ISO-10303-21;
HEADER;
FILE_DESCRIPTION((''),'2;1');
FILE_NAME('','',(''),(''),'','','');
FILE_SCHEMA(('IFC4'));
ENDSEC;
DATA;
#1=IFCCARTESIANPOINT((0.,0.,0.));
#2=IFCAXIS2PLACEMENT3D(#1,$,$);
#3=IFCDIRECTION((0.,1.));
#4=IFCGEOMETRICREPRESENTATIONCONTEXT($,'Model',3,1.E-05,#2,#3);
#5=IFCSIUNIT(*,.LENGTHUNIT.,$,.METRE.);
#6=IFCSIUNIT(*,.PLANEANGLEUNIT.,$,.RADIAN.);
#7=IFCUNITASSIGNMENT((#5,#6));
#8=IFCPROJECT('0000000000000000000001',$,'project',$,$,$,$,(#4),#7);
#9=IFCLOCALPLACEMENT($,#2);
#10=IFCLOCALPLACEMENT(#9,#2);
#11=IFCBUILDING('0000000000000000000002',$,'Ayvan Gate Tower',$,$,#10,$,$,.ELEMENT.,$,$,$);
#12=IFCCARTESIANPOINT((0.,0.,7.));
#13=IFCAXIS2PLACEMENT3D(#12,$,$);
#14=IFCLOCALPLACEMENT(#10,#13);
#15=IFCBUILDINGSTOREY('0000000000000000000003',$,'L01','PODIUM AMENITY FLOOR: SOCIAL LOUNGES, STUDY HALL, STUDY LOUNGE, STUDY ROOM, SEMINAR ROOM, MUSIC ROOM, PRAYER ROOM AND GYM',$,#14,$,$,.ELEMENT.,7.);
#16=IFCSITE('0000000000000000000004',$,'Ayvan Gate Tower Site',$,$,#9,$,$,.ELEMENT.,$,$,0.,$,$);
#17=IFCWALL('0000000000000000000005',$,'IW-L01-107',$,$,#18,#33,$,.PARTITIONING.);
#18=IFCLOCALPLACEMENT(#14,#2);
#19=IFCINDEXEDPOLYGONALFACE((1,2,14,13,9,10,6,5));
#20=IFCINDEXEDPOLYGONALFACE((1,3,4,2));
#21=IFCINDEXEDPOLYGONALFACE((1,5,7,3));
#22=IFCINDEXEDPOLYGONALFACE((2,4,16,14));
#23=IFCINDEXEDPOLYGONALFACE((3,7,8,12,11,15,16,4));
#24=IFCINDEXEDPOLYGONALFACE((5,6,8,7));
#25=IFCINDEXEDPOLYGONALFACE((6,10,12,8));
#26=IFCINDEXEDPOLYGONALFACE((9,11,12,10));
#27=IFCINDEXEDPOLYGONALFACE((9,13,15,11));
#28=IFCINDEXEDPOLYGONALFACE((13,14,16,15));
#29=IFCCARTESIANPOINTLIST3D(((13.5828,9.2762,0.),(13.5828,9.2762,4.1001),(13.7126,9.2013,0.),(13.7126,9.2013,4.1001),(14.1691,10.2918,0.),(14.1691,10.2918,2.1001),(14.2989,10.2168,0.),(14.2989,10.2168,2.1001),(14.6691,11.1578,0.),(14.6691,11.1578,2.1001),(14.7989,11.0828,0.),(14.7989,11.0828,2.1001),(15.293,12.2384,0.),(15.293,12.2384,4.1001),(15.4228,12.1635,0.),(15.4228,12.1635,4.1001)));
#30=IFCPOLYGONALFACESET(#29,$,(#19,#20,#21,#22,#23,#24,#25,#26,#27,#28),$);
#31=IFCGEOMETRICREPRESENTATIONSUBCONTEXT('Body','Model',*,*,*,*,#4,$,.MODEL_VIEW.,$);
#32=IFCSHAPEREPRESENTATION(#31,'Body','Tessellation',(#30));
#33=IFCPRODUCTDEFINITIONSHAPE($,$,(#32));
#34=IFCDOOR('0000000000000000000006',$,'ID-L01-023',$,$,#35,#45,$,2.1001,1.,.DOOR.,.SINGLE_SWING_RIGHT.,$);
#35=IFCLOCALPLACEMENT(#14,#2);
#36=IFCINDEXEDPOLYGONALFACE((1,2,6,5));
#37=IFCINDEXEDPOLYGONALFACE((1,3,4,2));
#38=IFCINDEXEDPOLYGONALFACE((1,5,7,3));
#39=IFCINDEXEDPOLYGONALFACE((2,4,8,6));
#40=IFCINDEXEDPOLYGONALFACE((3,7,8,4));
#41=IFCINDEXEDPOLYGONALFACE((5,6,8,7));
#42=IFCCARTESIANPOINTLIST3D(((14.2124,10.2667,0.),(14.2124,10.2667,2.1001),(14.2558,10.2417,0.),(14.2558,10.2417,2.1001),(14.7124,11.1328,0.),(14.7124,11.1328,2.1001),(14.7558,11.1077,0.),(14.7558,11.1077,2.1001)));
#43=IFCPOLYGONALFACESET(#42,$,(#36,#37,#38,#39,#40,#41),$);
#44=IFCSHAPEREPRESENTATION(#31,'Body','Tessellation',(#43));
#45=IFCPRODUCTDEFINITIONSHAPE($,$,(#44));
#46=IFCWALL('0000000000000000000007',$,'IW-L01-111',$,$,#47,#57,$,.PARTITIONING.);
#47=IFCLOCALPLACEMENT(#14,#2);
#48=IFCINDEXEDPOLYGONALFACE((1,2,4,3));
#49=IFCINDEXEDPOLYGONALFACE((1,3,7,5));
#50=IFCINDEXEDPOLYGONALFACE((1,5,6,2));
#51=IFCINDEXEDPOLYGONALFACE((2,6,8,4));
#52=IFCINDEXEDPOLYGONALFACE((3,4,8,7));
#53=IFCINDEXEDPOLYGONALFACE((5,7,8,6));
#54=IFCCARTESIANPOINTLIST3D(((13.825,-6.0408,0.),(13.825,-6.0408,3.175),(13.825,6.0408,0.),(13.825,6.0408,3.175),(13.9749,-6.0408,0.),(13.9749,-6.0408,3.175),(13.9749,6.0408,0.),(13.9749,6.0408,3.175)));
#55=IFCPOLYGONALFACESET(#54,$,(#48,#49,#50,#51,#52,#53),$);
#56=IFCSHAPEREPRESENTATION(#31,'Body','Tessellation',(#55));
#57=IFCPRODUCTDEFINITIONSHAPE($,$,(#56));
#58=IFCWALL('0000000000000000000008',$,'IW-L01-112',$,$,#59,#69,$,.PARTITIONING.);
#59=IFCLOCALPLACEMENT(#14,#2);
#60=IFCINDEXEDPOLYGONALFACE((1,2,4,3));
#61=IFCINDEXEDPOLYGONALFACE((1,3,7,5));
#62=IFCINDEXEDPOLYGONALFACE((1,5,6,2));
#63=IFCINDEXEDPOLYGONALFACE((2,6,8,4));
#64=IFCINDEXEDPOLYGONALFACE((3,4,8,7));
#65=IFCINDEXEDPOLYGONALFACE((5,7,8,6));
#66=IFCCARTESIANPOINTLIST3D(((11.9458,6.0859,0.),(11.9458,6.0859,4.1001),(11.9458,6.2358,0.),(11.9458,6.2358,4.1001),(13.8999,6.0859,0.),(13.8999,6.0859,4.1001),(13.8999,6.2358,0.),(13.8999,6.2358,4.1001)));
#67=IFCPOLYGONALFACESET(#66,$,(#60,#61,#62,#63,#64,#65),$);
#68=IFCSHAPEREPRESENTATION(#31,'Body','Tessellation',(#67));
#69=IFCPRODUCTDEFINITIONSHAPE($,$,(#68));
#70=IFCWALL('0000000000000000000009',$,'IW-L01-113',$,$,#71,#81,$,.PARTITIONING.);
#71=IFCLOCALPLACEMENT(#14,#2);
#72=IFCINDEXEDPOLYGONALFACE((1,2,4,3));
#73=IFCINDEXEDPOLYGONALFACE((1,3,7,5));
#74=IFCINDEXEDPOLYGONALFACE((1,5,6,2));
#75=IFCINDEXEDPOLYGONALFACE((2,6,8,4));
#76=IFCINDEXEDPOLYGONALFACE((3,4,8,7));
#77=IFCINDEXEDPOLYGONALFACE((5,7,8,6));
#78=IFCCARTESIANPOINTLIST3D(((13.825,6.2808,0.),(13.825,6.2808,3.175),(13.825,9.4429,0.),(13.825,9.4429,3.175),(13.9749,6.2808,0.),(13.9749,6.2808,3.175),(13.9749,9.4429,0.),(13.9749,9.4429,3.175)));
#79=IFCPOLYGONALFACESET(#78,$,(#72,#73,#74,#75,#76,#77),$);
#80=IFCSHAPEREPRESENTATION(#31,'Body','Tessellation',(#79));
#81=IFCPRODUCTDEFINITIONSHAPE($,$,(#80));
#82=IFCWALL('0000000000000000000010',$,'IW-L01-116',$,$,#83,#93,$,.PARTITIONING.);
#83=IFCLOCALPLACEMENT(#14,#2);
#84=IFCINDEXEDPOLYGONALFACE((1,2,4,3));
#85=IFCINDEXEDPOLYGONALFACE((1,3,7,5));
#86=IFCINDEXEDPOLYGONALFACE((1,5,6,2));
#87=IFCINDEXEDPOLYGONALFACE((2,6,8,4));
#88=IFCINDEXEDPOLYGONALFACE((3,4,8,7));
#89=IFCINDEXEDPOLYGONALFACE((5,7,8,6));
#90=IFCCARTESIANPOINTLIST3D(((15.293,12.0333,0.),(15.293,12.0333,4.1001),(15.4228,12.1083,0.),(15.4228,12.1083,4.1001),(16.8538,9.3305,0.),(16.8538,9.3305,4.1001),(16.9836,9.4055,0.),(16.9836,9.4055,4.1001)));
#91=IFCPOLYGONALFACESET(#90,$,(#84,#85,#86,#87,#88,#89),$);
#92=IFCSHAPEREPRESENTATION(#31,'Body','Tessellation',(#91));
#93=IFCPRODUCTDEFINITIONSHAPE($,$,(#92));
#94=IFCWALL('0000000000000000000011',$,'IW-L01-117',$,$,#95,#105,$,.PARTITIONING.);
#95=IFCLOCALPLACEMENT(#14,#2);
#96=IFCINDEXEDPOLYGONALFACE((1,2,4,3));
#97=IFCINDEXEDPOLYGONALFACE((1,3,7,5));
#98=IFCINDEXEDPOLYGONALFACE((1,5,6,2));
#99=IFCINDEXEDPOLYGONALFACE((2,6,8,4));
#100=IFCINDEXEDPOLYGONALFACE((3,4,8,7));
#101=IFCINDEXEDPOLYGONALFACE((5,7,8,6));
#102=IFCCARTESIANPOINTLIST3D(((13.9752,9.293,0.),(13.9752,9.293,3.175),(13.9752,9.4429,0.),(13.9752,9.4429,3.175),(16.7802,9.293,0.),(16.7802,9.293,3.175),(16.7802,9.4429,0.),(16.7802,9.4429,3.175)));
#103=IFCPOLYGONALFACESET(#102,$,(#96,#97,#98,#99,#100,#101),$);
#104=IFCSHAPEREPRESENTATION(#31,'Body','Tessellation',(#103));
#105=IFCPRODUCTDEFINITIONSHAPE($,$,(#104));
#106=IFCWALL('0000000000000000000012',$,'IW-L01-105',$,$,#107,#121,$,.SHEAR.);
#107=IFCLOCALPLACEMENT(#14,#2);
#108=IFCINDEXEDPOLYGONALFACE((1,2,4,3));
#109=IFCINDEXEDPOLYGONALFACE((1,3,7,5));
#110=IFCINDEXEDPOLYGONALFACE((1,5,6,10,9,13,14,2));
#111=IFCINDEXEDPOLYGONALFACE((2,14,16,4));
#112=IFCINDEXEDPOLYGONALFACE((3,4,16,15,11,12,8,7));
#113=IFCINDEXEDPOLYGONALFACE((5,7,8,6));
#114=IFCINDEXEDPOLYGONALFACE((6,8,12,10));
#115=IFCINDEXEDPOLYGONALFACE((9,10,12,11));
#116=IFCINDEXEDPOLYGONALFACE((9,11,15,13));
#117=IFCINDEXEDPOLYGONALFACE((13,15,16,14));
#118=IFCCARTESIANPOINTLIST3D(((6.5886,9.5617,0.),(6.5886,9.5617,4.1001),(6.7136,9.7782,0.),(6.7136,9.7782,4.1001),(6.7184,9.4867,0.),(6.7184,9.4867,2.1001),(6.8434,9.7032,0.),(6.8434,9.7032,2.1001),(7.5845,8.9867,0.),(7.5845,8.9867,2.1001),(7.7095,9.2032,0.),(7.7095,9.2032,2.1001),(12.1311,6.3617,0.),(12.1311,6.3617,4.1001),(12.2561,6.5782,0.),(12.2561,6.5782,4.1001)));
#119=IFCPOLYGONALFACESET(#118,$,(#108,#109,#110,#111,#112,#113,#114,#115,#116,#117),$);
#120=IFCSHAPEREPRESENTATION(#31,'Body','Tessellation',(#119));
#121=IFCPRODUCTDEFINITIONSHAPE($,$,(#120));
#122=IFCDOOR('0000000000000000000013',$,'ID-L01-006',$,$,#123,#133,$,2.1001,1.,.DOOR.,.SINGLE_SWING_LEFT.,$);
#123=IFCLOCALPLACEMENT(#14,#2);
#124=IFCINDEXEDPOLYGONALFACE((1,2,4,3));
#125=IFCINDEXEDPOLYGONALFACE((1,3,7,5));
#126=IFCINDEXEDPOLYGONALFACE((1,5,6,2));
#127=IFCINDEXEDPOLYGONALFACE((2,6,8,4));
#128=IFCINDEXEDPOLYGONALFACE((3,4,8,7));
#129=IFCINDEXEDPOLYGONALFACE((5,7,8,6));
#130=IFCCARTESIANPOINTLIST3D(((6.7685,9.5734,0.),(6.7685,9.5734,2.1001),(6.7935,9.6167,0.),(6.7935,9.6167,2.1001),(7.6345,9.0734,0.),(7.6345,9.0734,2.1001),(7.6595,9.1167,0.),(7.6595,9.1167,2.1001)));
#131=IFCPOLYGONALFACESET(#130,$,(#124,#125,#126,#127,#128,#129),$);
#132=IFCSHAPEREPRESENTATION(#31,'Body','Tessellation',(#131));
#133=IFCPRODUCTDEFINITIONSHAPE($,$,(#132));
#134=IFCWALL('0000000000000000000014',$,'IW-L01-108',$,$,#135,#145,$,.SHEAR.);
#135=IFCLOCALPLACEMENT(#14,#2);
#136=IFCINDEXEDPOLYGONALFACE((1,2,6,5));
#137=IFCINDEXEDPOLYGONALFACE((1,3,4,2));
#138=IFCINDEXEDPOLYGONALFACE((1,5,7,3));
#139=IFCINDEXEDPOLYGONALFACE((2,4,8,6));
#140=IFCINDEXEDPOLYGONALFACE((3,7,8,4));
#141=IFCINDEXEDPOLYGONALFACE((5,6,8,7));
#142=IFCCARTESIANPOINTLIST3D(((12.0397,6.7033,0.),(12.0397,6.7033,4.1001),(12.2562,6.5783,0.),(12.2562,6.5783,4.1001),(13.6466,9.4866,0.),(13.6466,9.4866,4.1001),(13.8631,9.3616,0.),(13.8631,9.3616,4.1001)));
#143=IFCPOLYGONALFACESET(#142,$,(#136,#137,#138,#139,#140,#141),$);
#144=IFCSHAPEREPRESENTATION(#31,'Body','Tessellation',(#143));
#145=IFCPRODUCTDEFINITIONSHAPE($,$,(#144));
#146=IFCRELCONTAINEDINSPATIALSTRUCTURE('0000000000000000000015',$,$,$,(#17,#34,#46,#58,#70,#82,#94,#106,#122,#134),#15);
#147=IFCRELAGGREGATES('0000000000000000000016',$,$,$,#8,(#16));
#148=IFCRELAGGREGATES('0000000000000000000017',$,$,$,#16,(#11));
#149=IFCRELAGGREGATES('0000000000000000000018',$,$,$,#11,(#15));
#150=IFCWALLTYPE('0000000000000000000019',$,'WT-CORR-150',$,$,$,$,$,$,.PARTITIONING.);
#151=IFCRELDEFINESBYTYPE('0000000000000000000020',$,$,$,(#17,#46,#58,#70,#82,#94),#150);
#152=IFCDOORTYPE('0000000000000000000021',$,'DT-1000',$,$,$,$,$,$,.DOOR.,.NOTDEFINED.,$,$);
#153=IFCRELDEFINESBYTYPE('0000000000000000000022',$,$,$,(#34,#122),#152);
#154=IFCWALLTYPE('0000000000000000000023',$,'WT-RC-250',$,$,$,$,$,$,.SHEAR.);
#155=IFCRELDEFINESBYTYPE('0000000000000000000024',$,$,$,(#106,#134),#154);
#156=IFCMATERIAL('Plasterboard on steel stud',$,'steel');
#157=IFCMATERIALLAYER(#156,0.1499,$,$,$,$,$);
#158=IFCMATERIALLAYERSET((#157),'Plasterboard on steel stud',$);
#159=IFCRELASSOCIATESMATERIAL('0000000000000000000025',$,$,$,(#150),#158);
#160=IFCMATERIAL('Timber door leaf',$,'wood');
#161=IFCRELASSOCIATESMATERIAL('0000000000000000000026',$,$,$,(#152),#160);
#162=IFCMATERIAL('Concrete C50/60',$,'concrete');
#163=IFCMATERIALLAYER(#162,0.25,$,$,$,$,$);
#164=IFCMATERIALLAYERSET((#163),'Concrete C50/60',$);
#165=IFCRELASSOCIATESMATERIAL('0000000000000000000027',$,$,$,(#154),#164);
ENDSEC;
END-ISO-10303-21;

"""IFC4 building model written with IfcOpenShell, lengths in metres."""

from ifc_helpers import new_model, si_unit, direction, frame, frame_2d, origin, place, context, subcontext, project, spatial, rectangle, extrude, material, layer, layer_set, type_object, element, fill, save


model = new_model("IFC4")

# Units and contexts
model_context = context("Model", 3, precision=1e-05, world=origin(), true_north=direction((0.0, 1.0)))
body_context = subcontext(model_context, "Body", "Model", "MODEL_VIEW")
ifc_project = project(units=[si_unit("LENGTHUNIT", "METRE"), si_unit("PLANEANGLEUNIT", "RADIAN")], contexts=[model_context])

# Site, building, storey
site_placement = place(None, origin())
site = spatial("IfcSite", under=ifc_project, at=site_placement, Name="Ayvan Gate Tower Site", CompositionType="ELEMENT", RefElevation=0.0)
building_placement = place(site_placement, origin())
building = spatial("IfcBuilding", under=site, at=building_placement, Name="Ayvan Gate Tower", CompositionType="ELEMENT")
storey_placement = place(building_placement, frame((0.0, 0.0, 7.0)))
storey = spatial("IfcBuildingStorey", under=building, at=storey_placement, Name="L01", Description="PODIUM AMENITY FLOOR: SOCIAL LOUNGES, STUDY HALL, STUDY LOUNGE, STUDY ROOM, SEMINAR ROOM, MUSIC ROOM, PRAYER ROOM AND GYM", CompositionType="ELEMENT", Elevation=7.0)

# Shared definitions
ifc_material_1 = material(Name="Plasterboard on steel stud", Category="steel")
ifc_layer_1 = layer(ifc_material_1, 0.1499)
ifc_layer_set_1 = layer_set([ifc_layer_1], Name="Plasterboard on steel stud")
wall_type_1 = type_object("IfcWallType", Name="WT-CORR-150", PredefinedType="PARTITIONING", material=ifc_layer_set_1)
ifc_material_2 = material(Name="Timber door leaf", Category="wood")
door_type = type_object("IfcDoorType", Name="DT-1000", OperationType="NOTDEFINED", PredefinedType="DOOR", material=ifc_material_2)

# Wall, opening, door
wall_1_placement = place(storey_placement, frame((13.6477, 9.2388, 0.0), z_axis=(0.0, 0.0, 1.0), x_axis=(0.5, 0.866025, 0.0)))
wall_1 = element("IfcWall", 1, at=wall_1_placement, inside=storey, type_object=wall_type_1, Name="IW-L01-107", PredefinedType="PARTITIONING", context=body_context, shape_type="SweptSolid", body=[
    extrude(rectangle(XDim=3.4204, YDim=0.1499, at=frame_2d((1.7102, 0.0))), origin(), (0.0, 0.0, 1.0), 4.1001),
])
opening_1_placement = place(wall_1_placement, frame((1.1726, 0.0, 0.0)))
opening_1 = element("IfcOpeningElement", 2, at=opening_1_placement, cuts=wall_1, PredefinedType="OPENING", context=body_context, shape_type="SweptSolid", body=[
    extrude(rectangle(XDim=1.0, YDim=2.1001, at=frame_2d((0.5, 1.05))), frame((0.0, 0.085, 0.0), z_axis=(0.0, -1.0, 0.0), x_axis=(1.0, 0.0, 0.0)), (0.0, 0.0, 1.0), 0.1699),
])
door_1_placement = place(opening_1_placement, origin())
door_1 = element("IfcDoor", 3, at=door_1_placement, inside=storey, type_object=door_type, Name="ID-L01-023", OperationType="SINGLE_SWING_RIGHT", OverallHeight=2.1001, OverallWidth=1.0, PredefinedType="DOOR", context=body_context, shape_type="SweptSolid", body=[
    extrude(rectangle(XDim=1.0, YDim=2.1001, at=frame_2d((0.5, 1.05))), frame((0.0, 0.0249, 0.0), z_axis=(0.0, -1.0, 0.0), x_axis=(1.0, 0.0, 0.0)), (0.0, 0.0, 1.0), 0.05),
])
fill(opening_1, door_1)

# Walls
wall_2_placement = place(storey_placement, frame((13.8999, 6.0408, 0.0), z_axis=(0.0, 0.0, 1.0), x_axis=(0.0, -1.0, 0.0)))
element("IfcWall", 4, at=wall_2_placement, inside=storey, type_object=wall_type_1, Name="IW-L01-111", PredefinedType="PARTITIONING", context=body_context, shape_type="SweptSolid", body=[
    extrude(rectangle(XDim=12.0815, YDim=0.1499, at=frame_2d((6.0408, 0.0))), origin(), (0.0, 0.0, 1.0), 3.175),
])
wall_3_placement = place(storey_placement, frame((13.8999, 6.1609, 0.0), z_axis=(0.0, 0.0, 1.0), x_axis=(-1.0, 0.0, 0.0)))
element("IfcWall", 5, at=wall_3_placement, inside=storey, type_object=wall_type_1, Name="IW-L01-112", PredefinedType="PARTITIONING", context=body_context, shape_type="SweptSolid", body=[
    extrude(rectangle(XDim=1.9541, YDim=0.1499, at=frame_2d((0.9771, 0.0))), origin(), (0.0, 0.0, 1.0), 4.1001),
])
wall_4_placement = place(storey_placement, frame((13.8999, 9.4429, 0.0), z_axis=(0.0, 0.0, 1.0), x_axis=(0.0, -1.0, 0.0)))
element("IfcWall", 6, at=wall_4_placement, inside=storey, type_object=wall_type_1, Name="IW-L01-113", PredefinedType="PARTITIONING", context=body_context, shape_type="SweptSolid", body=[
    extrude(rectangle(XDim=3.1621, YDim=0.1499, at=frame_2d((1.5811, 0.0))), origin(), (0.0, 0.0, 1.0), 3.175),
])
wall_5_placement = place(storey_placement, frame((15.3579, 12.0708, 0.0), z_axis=(0.0, 0.0, 1.0), x_axis=(0.500068, -0.865986, 0.0)))
element("IfcWall", 7, at=wall_5_placement, inside=storey, type_object=wall_type_1, Name="IW-L01-116", PredefinedType="PARTITIONING", context=body_context, shape_type="SweptSolid", body=[
    extrude(rectangle(XDim=3.1211, YDim=0.1499, at=frame_2d((1.5605, 0.0))), origin(), (0.0, 0.0, 1.0), 4.1001),
])
wall_6_placement = place(storey_placement, frame((16.78, 9.3679, 0.0), z_axis=(0.0, 0.0, 1.0), x_axis=(-1.0, 0.0, 0.0)))
element("IfcWall", 8, at=wall_6_placement, inside=storey, type_object=wall_type_1, Name="IW-L01-117", PredefinedType="PARTITIONING", context=body_context, shape_type="SweptSolid", body=[
    extrude(rectangle(XDim=2.8049, YDim=0.1499, at=frame_2d((1.4023, 0.0))), origin(), (0.0, 0.0, 1.0), 3.175),
])

# Wall, opening, door
ifc_material_3 = material(Name="Concrete C50/60", Category="concrete")
ifc_layer_2 = layer(ifc_material_3, 0.25)
ifc_layer_set_2 = layer_set([ifc_layer_2], Name="Concrete C50/60")
wall_type_2 = type_object("IfcWallType", Name="WT-RC-250", PredefinedType="SHEAR", material=ifc_layer_set_2)
wall_7_placement = place(storey_placement, frame((12.1936, 6.47, 0.0), z_axis=(0.0, 0.0, 1.0), x_axis=(-0.866025, 0.5, 0.0)))
wall_7 = element("IfcWall", 9, at=wall_7_placement, inside=storey, type_object=wall_type_2, Name="IW-L01-105", PredefinedType="SHEAR", context=body_context, shape_type="SweptSolid", body=[
    extrude(rectangle(XDim=6.3999, YDim=0.25, at=frame_2d((3.2, 0.0))), origin(), (0.0, 0.0, 1.0), 4.1001),
])
opening_2_placement = place(wall_7_placement, frame((5.25, 0.0, 0.0)))
opening_2 = element("IfcOpeningElement", 10, at=opening_2_placement, cuts=wall_7, PredefinedType="OPENING", context=body_context, shape_type="SweptSolid", body=[
    extrude(rectangle(XDim=1.0, YDim=2.1001, at=frame_2d((0.5, 1.05))), frame((0.0, 0.135, 0.0), z_axis=(0.0, -1.0, 0.0), x_axis=(1.0, 0.0, 0.0)), (0.0, 0.0, 1.0), 0.27),
])
door_2_placement = place(opening_2_placement, origin())
door_2 = element("IfcDoor", 11, at=door_2_placement, inside=storey, type_object=door_type, Name="ID-L01-006", OperationType="SINGLE_SWING_LEFT", OverallHeight=2.1001, OverallWidth=1.0, PredefinedType="DOOR", context=body_context, shape_type="SweptSolid", body=[
    extrude(rectangle(XDim=1.0, YDim=2.1001, at=frame_2d((0.5, 1.05))), frame((0.0, 0.0249, 0.0), z_axis=(0.0, -1.0, 0.0), x_axis=(1.0, 0.0, 0.0)), (0.0, 0.0, 1.0), 0.05),
])
fill(opening_2, door_2)

# Wall
wall_8_placement = place(storey_placement, frame((13.7549, 9.4241, 0.0), z_axis=(0.0, 0.0, 1.0), x_axis=(-0.500012, -0.866019, 0.0)))
element("IfcWall", 12, at=wall_8_placement, inside=storey, type_object=wall_type_2, Name="IW-L01-108", PredefinedType="SHEAR", context=body_context, shape_type="SweptSolid", body=[
    extrude(rectangle(XDim=3.2139, YDim=0.25, at=frame_2d((1.6069, 0.0))), origin(), (0.0, 0.0, 1.0), 4.1001),
])

save(model, "model.ifc")
